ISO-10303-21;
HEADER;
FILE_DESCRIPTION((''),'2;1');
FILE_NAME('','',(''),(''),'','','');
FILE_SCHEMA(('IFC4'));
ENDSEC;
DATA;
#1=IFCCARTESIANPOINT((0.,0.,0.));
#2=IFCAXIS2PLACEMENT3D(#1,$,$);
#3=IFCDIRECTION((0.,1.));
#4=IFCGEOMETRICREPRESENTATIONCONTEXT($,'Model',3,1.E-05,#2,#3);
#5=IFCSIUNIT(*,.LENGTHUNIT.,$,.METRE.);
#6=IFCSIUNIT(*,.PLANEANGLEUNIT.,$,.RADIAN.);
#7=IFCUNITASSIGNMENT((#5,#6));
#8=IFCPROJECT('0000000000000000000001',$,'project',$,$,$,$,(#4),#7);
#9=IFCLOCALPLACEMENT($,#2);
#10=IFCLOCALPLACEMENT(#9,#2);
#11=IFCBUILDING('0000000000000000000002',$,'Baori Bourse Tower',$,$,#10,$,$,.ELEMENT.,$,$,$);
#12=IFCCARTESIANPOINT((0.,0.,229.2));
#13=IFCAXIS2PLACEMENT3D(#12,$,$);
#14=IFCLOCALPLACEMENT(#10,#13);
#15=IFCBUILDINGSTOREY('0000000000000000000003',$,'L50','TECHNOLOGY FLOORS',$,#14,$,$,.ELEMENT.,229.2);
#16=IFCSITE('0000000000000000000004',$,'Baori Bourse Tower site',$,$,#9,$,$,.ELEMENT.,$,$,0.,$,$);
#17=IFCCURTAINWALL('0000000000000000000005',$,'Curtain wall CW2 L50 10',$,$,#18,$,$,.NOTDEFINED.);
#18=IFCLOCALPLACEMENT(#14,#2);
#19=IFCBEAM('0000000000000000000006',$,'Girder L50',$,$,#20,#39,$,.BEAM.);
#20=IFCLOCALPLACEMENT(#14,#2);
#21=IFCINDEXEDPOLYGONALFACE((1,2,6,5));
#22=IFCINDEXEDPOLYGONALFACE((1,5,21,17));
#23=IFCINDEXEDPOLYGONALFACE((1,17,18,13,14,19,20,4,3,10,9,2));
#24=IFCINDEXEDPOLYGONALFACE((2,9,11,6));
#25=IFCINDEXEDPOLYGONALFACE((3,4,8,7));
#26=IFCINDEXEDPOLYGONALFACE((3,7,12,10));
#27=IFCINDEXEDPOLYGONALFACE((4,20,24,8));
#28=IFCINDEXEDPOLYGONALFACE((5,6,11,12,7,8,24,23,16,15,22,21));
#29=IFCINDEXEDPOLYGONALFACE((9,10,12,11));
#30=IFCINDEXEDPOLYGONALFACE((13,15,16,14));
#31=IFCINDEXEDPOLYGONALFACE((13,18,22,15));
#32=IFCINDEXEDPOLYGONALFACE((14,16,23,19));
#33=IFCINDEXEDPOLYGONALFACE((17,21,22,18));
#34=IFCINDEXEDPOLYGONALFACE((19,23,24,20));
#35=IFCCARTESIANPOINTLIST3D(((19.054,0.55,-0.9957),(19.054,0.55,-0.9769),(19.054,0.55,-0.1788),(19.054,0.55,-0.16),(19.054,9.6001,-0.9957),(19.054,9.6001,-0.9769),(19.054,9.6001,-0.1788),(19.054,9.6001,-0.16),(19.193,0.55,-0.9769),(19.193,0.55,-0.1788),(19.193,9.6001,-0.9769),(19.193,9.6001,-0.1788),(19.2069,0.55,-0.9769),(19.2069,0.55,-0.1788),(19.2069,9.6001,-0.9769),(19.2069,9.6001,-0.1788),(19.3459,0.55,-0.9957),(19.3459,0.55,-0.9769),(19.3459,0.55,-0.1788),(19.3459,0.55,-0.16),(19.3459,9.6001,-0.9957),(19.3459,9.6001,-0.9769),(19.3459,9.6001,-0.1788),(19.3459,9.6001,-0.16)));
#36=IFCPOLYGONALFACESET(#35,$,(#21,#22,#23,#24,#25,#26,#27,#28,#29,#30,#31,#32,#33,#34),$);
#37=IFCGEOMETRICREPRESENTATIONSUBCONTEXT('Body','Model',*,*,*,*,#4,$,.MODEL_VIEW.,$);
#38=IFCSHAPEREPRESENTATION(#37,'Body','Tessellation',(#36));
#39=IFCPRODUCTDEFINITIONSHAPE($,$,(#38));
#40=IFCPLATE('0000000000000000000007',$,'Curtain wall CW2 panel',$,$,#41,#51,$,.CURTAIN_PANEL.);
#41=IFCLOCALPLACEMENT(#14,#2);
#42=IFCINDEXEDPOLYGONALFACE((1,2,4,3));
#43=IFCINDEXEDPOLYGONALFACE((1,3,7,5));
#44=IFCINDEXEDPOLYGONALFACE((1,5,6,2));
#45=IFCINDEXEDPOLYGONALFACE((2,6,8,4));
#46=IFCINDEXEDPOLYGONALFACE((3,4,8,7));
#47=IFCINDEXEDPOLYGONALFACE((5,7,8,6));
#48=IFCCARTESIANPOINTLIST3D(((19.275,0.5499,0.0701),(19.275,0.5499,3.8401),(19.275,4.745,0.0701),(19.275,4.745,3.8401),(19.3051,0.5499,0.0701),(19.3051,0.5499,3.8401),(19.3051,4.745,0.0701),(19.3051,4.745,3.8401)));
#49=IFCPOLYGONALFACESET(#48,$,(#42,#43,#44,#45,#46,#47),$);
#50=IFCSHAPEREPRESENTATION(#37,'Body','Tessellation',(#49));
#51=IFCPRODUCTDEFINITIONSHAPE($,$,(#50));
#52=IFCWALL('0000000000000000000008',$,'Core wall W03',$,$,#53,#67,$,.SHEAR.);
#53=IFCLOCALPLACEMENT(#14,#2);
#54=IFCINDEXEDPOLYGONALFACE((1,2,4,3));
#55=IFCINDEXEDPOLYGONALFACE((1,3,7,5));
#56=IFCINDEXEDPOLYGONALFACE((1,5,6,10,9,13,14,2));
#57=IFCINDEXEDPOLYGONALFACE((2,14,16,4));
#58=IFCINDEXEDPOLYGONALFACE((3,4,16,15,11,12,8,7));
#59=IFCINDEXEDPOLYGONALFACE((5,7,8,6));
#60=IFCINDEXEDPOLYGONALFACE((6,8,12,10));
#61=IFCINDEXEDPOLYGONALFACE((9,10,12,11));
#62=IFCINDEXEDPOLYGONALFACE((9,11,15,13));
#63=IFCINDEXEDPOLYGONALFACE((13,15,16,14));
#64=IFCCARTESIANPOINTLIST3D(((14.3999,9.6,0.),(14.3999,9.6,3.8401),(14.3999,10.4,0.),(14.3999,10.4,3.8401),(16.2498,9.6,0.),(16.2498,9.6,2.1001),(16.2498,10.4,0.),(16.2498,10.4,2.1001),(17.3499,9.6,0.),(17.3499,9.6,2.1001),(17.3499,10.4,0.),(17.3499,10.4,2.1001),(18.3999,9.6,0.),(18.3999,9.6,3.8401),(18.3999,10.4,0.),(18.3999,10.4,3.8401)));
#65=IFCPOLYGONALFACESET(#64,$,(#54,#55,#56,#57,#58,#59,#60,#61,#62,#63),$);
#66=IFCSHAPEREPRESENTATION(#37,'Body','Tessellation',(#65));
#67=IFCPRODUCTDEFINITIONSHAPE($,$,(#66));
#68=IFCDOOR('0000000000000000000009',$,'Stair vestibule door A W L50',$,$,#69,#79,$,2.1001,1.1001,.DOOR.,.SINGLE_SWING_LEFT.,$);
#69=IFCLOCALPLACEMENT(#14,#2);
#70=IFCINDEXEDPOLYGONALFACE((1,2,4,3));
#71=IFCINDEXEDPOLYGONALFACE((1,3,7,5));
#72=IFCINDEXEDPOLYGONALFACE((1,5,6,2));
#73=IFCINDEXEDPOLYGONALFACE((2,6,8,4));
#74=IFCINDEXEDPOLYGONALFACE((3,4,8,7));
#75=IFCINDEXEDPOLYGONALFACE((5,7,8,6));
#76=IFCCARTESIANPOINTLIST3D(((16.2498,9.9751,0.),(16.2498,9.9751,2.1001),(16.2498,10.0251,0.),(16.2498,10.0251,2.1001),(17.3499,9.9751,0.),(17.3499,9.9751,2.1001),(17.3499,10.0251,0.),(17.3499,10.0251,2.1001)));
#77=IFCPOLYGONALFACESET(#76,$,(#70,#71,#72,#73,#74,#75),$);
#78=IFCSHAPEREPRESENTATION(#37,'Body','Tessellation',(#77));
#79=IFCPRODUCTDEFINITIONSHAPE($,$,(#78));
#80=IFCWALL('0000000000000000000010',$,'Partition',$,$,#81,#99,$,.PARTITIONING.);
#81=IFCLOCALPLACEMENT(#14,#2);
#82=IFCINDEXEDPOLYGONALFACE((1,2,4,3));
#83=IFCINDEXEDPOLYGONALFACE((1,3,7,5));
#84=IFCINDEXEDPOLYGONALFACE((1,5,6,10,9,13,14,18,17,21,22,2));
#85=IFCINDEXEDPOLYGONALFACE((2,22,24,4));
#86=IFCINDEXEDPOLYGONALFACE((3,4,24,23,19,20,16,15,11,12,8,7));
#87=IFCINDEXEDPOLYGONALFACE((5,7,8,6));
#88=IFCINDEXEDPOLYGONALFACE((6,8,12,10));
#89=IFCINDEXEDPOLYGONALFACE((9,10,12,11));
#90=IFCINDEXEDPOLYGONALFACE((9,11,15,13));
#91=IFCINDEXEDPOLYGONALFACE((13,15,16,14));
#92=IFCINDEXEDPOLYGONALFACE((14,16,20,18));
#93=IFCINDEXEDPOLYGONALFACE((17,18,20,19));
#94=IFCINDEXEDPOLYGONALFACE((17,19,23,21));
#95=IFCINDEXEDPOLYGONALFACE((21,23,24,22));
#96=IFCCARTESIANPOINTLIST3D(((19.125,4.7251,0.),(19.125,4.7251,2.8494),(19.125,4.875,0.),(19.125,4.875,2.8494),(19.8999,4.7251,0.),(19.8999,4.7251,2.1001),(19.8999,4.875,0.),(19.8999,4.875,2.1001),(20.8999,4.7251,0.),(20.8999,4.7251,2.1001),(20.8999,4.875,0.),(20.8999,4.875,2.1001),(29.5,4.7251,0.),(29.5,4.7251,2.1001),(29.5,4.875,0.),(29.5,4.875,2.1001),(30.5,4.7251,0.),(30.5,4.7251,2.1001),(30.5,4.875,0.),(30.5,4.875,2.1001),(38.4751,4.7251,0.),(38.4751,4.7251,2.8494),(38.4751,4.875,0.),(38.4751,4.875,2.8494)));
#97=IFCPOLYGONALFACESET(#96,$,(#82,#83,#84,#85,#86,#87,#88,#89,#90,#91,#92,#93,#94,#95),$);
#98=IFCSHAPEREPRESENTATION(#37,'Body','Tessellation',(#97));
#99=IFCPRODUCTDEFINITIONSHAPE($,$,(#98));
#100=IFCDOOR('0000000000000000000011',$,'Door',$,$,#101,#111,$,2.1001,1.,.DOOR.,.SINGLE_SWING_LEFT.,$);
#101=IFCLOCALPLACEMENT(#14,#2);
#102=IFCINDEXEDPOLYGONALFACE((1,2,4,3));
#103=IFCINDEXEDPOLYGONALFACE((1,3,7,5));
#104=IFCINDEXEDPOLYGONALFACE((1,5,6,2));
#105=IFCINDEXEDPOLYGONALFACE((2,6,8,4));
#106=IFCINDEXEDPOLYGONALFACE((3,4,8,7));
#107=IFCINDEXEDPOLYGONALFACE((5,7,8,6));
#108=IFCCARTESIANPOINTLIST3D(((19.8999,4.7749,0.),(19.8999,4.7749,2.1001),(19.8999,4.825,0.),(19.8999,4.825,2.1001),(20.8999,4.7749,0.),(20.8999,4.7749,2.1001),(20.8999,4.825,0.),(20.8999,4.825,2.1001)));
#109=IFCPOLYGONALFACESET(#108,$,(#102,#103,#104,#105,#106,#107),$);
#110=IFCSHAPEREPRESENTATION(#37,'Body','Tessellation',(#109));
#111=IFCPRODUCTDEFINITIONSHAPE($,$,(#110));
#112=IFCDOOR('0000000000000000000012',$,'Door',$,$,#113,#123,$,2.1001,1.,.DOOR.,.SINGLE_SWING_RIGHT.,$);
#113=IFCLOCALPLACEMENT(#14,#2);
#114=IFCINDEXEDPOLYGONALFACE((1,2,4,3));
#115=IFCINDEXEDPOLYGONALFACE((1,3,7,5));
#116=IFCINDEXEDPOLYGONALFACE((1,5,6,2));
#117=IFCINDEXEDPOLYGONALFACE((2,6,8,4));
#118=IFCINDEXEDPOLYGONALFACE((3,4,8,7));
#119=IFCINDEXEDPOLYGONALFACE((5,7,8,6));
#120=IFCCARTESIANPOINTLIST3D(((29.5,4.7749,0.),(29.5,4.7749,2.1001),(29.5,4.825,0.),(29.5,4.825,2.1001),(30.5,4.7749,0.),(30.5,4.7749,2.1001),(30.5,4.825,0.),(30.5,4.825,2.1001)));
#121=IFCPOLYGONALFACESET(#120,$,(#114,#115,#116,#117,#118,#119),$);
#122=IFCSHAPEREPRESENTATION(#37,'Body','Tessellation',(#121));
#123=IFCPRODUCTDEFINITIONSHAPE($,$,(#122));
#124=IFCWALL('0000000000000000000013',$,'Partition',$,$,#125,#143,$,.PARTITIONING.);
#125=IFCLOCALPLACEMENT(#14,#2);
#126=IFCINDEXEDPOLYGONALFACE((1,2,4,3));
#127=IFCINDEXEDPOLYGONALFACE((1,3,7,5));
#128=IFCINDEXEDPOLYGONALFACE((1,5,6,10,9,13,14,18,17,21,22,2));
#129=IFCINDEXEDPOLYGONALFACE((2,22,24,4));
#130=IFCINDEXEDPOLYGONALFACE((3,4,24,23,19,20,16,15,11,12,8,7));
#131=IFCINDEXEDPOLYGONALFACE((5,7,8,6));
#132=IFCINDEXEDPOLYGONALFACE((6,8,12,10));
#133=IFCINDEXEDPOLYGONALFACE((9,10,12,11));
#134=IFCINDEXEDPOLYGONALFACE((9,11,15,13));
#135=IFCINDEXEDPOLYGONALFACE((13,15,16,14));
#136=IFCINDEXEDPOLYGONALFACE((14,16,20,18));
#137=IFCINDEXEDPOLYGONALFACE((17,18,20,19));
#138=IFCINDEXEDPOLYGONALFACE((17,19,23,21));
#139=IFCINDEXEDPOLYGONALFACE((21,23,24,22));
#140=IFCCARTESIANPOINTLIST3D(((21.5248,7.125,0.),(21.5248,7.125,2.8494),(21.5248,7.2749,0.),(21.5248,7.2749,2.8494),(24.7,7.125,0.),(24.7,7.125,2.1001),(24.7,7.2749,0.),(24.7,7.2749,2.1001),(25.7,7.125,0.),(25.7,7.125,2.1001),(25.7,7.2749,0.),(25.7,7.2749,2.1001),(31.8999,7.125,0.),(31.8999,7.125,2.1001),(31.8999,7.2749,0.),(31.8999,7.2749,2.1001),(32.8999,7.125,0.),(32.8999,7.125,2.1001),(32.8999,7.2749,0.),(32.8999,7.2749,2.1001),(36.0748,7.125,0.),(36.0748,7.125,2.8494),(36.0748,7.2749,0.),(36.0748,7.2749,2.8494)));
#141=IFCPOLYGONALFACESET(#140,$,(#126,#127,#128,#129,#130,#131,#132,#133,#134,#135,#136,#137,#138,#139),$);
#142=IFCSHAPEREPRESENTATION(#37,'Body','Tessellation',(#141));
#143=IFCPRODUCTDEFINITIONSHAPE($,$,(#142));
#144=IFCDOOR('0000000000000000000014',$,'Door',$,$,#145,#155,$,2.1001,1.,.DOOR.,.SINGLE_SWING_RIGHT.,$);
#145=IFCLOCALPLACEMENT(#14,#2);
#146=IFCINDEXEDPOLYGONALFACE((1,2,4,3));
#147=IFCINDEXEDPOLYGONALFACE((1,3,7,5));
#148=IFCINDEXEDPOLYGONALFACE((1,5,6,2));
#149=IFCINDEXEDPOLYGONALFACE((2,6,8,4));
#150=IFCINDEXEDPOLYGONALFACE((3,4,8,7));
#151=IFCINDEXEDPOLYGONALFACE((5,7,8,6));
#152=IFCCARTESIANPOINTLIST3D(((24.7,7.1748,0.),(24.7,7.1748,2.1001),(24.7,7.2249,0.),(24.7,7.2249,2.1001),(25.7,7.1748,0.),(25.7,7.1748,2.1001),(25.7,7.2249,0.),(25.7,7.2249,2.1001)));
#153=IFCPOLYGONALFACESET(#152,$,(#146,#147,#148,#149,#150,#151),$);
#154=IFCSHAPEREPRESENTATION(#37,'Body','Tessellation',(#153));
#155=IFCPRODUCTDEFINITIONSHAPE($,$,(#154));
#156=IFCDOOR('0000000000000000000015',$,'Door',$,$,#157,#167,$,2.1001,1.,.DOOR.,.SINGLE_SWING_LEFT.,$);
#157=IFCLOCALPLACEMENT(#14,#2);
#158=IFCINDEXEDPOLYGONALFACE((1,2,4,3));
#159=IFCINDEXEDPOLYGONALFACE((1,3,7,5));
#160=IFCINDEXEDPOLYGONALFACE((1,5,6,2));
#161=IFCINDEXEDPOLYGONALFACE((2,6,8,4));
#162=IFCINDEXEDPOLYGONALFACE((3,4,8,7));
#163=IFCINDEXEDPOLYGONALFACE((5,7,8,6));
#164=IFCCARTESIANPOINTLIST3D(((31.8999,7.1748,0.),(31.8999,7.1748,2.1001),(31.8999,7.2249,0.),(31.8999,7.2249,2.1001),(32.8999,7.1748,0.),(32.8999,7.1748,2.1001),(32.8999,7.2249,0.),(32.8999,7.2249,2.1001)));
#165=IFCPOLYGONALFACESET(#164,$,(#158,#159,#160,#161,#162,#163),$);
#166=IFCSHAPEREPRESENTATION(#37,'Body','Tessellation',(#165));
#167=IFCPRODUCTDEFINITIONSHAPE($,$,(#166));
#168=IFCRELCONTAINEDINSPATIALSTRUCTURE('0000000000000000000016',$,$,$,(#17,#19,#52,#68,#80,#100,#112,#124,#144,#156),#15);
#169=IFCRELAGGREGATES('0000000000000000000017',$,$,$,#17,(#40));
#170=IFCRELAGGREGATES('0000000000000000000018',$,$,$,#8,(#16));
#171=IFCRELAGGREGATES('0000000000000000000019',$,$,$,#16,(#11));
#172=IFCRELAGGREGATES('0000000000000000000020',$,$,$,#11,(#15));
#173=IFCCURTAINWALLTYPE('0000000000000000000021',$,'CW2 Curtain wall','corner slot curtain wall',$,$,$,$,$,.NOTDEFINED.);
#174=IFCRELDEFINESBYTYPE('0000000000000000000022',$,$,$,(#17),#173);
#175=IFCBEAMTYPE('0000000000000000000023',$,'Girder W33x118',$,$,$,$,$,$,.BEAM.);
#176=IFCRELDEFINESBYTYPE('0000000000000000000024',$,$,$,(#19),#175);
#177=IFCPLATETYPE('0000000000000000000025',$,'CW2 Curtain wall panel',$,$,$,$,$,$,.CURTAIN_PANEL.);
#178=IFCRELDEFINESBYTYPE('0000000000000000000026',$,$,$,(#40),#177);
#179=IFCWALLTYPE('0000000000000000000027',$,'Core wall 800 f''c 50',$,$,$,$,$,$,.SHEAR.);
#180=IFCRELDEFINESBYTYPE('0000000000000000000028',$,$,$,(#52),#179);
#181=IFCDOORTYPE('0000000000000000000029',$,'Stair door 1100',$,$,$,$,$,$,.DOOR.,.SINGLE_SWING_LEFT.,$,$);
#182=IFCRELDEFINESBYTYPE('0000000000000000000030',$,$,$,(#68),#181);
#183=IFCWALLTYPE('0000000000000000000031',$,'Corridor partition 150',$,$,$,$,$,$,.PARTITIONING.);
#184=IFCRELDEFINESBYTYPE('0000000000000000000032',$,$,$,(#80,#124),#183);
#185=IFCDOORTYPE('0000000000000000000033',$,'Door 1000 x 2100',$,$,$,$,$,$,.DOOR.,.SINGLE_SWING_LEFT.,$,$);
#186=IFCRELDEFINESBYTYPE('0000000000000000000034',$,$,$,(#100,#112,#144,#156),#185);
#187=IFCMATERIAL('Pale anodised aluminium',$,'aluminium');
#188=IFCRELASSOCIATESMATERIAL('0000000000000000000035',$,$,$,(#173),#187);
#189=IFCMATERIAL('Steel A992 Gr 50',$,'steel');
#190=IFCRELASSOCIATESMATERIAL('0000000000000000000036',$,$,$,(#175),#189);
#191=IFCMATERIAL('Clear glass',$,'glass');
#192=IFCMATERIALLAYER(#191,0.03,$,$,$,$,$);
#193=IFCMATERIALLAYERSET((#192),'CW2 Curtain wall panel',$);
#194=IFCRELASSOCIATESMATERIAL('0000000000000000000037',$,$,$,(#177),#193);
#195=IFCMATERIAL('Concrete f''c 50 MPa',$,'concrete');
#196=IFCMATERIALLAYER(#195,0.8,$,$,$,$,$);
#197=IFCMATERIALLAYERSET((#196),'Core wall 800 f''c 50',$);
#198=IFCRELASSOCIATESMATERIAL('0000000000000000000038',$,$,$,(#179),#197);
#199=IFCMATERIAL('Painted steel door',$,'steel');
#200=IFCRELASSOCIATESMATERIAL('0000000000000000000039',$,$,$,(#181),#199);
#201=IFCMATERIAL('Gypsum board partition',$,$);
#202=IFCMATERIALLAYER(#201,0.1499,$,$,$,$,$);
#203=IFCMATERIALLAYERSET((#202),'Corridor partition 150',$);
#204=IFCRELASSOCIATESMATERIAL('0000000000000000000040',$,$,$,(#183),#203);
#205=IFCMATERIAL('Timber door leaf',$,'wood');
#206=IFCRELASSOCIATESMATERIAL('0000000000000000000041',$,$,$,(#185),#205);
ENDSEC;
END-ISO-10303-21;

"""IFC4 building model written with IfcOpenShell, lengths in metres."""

from ifc_helpers import new_model, si_unit, direction, frame, frame_2d, origin, origin_2d, place, context, subcontext, project, spatial, rectangle, i_section, extrude, material, layer, layer_set, material_profile, profile_set, type_object, element, fill, aggregate, save


model = new_model("IFC4")

# Units and contexts
model_context = context("Model", 3, precision=1e-05, world=origin(), true_north=direction((0.0, 1.0)))
body_context = subcontext(model_context, "Body", "Model", "MODEL_VIEW")
ifc_project = project(units=[si_unit("LENGTHUNIT", "METRE"), si_unit("PLANEANGLEUNIT", "RADIAN")], contexts=[model_context])

# Site, building, storey
site_placement = place(None, origin())
site = spatial("IfcSite", under=ifc_project, at=site_placement, Name="Baori Bourse Tower site", CompositionType="ELEMENT", RefElevation=0.0)
building_placement = place(site_placement, origin())
building = spatial("IfcBuilding", under=site, at=building_placement, Name="Baori Bourse Tower", CompositionType="ELEMENT")
storey_placement = place(building_placement, frame((0.0, 0.0, 229.2)))
storey = spatial("IfcBuildingStorey", under=building, at=storey_placement, Name="L50", Description="TECHNOLOGY FLOORS", CompositionType="ELEMENT", Elevation=229.2)

# Curtain wall
ifc_material_1 = material(Name="Pale anodised aluminium", Category="aluminium")
curtain_wall_type_1 = type_object("IfcCurtainWallType", Name="CW2 Curtain wall", Description="corner slot curtain wall", PredefinedType="NOTDEFINED", material=ifc_material_1)
curtain_wall_1_placement = place(storey_placement, origin())
curtain_wall_1 = element("IfcCurtainWall", 1, at=curtain_wall_1_placement, inside=storey, type_object=curtain_wall_type_1, Name="Curtain wall CW2 L50 10", PredefinedType="NOTDEFINED")

# Beam
ifc_material_2 = material(Name="Steel A992 Gr 50", Category="steel")
ifc_material_profile_1 = material_profile(ifc_material_2, i_section(OverallWidth=0.292, OverallDepth=0.8357, WebThickness=0.0139, FlangeThickness=0.0188, at=origin_2d()), Name="W33x118")
ifc_profile_set_1 = profile_set([ifc_material_profile_1], Name="Steel A992 Gr 50")
beam_type_1 = type_object("IfcBeamType", Name="Girder W33x118", PredefinedType="BEAM", material=ifc_profile_set_1)
beam_1_placement = place(storey_placement, frame((19.2, 0.55, -0.5779), z_axis=(0.0, 1.0, 0.0), x_axis=(-1.0, 0.0, 0.0)))
element("IfcBeam", 2, at=beam_1_placement, inside=storey, type_object=beam_type_1, Name="Girder L50", PredefinedType="BEAM", context=body_context, shape_type="SweptSolid", body=[
    extrude(i_section(OverallWidth=0.292, OverallDepth=0.8357, WebThickness=0.0139, FlangeThickness=0.0188, at=origin_2d()), origin(), (0.0, 0.0, 1.0), 9.05),
])

# Plate
ifc_material_3 = material(Name="Clear glass", Category="glass")
ifc_layer_1 = layer(ifc_material_3, 0.03)
ifc_layer_set_1 = layer_set([ifc_layer_1], Name="CW2 Curtain wall panel")
plate_type = type_object("IfcPlateType", Name="CW2 Curtain wall panel", PredefinedType="CURTAIN_PANEL", material=ifc_layer_set_1)
plate_placement = place(storey_placement, frame((19.29, 2.6475, 0.0701), z_axis=(0.0, 0.0, 1.0), x_axis=(0.0, -1.0, 0.0)))
plate = element("IfcPlate", 3, at=plate_placement, type_object=plate_type, Name="Curtain wall CW2 panel", PredefinedType="CURTAIN_PANEL", context=body_context, shape_type="SweptSolid", body=[
    extrude(rectangle(XDim=4.1951, YDim=0.03, at=origin_2d()), origin(), (0.0, 0.0, 1.0), 3.77),
])
aggregate(curtain_wall_1, [plate])

# Wall, opening, door
ifc_material_4 = material(Name="Concrete f'c 50 MPa", Category="concrete")
ifc_layer_2 = layer(ifc_material_4, 0.8)
ifc_layer_set_2 = layer_set([ifc_layer_2], Name="Core wall 800 f'c 50")
wall_type_1 = type_object("IfcWallType", Name="Core wall 800 f'c 50", PredefinedType="SHEAR", material=ifc_layer_set_2)
wall_1_placement = place(storey_placement, frame((18.3999, 10.0, 0.0), z_axis=(0.0, 0.0, 1.0), x_axis=(-1.0, 0.0, 0.0)))
wall_1 = element("IfcWall", 4, at=wall_1_placement, inside=storey, type_object=wall_type_1, Name="Core wall W03", PredefinedType="SHEAR", context=body_context, shape_type="SweptSolid", body=[
    extrude(rectangle(XDim=4.0, YDim=0.8, at=frame_2d((2.0, 0.0))), origin(), (0.0, 0.0, 1.0), 3.8401),
])
opening_1_placement = place(wall_1_placement, frame((1.05, 0.0, 0.0)))
opening_1 = element("IfcOpeningElement", 5, at=opening_1_placement, cuts=wall_1, PredefinedType="OPENING", context=body_context, shape_type="SweptSolid", body=[
    extrude(rectangle(XDim=1.1001, YDim=2.1001, at=frame_2d((0.55, 1.05))), frame((0.0, 0.4099, 0.0), z_axis=(0.0, -1.0, 0.0), x_axis=(1.0, 0.0, 0.0)), (0.0, 0.0, 1.0), 0.8201),
])
ifc_material_5 = material(Name="Painted steel door", Category="steel")
door_type_1 = type_object("IfcDoorType", Name="Stair door 1100", OperationType="SINGLE_SWING_LEFT", PredefinedType="DOOR", material=ifc_material_5)
door_1_placement = place(opening_1_placement, origin())
door_1 = element("IfcDoor", 6, at=door_1_placement, inside=storey, type_object=door_type_1, Name="Stair vestibule door A W L50", OperationType="SINGLE_SWING_LEFT", OverallHeight=2.1001, OverallWidth=1.1001, PredefinedType="DOOR", context=body_context, shape_type="SweptSolid", body=[
    extrude(rectangle(XDim=1.1001, YDim=2.1001, at=frame_2d((0.55, 1.05))), frame((0.0, 0.0249, 0.0), z_axis=(0.0, -1.0, 0.0), x_axis=(1.0, 0.0, 0.0)), (0.0, 0.0, 1.0), 0.05),
])
fill(opening_1, door_1)

# Walls, openings, doors
ifc_material_6 = material(Name="Gypsum board partition")
ifc_layer_3 = layer(ifc_material_6, 0.1499)
ifc_layer_set_3 = layer_set([ifc_layer_3], Name="Corridor partition 150")
wall_type_2 = type_object("IfcWallType", Name="Corridor partition 150", PredefinedType="PARTITIONING", material=ifc_layer_set_3)
wall_2_placement = place(storey_placement, frame((19.125, 4.8, 0.0), z_axis=(0.0, 0.0, 1.0), x_axis=(1.0, 0.0, 0.0)))
wall_2 = element("IfcWall", 7, at=wall_2_placement, inside=storey, type_object=wall_type_2, Name="Partition", PredefinedType="PARTITIONING", context=body_context, shape_type="SweptSolid", body=[
    extrude(rectangle(XDim=19.3501, YDim=0.1499, at=frame_2d((9.675, 0.0))), origin(), (0.0, 0.0, 1.0), 2.8494),
])
opening_2_placement = place(wall_2_placement, frame((0.7749, 0.0, 0.0)))
opening_2 = element("IfcOpeningElement", 8, at=opening_2_placement, cuts=wall_2, PredefinedType="OPENING", context=body_context, shape_type="SweptSolid", body=[
    extrude(rectangle(XDim=1.0, YDim=2.1001, at=frame_2d((0.5, 1.05))), frame((0.0, 0.085, 0.0), z_axis=(0.0, -1.0, 0.0), x_axis=(1.0, 0.0, 0.0)), (0.0, 0.0, 1.0), 0.1699),
])
opening_3_placement = place(wall_2_placement, frame((10.375, 0.0, 0.0)))
opening_3 = element("IfcOpeningElement", 9, at=opening_3_placement, cuts=wall_2, PredefinedType="OPENING", context=body_context, shape_type="SweptSolid", body=[
    extrude(rectangle(XDim=1.0, YDim=2.1001, at=frame_2d((0.5, 1.05))), frame((0.0, 0.085, 0.0), z_axis=(0.0, -1.0, 0.0), x_axis=(1.0, 0.0, 0.0)), (0.0, 0.0, 1.0), 0.1699),
])
ifc_material_7 = material(Name="Timber door leaf", Category="wood")
door_type_2 = type_object("IfcDoorType", Name="Door 1000 x 2100", OperationType="SINGLE_SWING_LEFT", PredefinedType="DOOR", material=ifc_material_7)
door_2_placement = place(opening_2_placement, origin())
door_2 = element("IfcDoor", 10, at=door_2_placement, inside=storey, type_object=door_type_2, Name="Door", OperationType="SINGLE_SWING_LEFT", OverallHeight=2.1001, OverallWidth=1.0, PredefinedType="DOOR", context=body_context, shape_type="SweptSolid", body=[
    extrude(rectangle(XDim=1.0, YDim=2.1001, at=frame_2d((0.5, 1.05))), frame((0.0, 0.0249, 0.0), z_axis=(0.0, -1.0, 0.0), x_axis=(1.0, 0.0, 0.0)), (0.0, 0.0, 1.0), 0.05),
])
fill(opening_2, door_2)
door_3_placement = place(opening_3_placement, origin())
door_3 = element("IfcDoor", 11, at=door_3_placement, inside=storey, type_object=door_type_2, Name="Door", OperationType="SINGLE_SWING_RIGHT", OverallHeight=2.1001, OverallWidth=1.0, PredefinedType="DOOR", context=body_context, shape_type="SweptSolid", body=[
    extrude(rectangle(XDim=1.0, YDim=2.1001, at=frame_2d((0.5, 1.05))), frame((0.0, 0.0249, 0.0), z_axis=(0.0, -1.0, 0.0), x_axis=(1.0, 0.0, 0.0)), (0.0, 0.0, 1.0), 0.05),
])
fill(opening_3, door_3)
wall_3_placement = place(storey_placement, frame((21.5249, 7.2, 0.0), z_axis=(0.0, 0.0, 1.0), x_axis=(1.0, 0.0, 0.0)))
wall_3 = element("IfcWall", 12, at=wall_3_placement, inside=storey, type_object=wall_type_2, Name="Partition", PredefinedType="PARTITIONING", context=body_context, shape_type="SweptSolid", body=[
    extrude(rectangle(XDim=14.55, YDim=0.1499, at=frame_2d((7.2749, 0.0))), origin(), (0.0, 0.0, 1.0), 2.8494),
])
opening_4_placement = place(wall_3_placement, frame((3.175, 0.0, 0.0)))
opening_4 = element("IfcOpeningElement", 13, at=opening_4_placement, cuts=wall_3, PredefinedType="OPENING", context=body_context, shape_type="SweptSolid", body=[
    extrude(rectangle(XDim=1.0, YDim=2.1001, at=frame_2d((0.5, 1.05))), frame((0.0, 0.085, 0.0), z_axis=(0.0, -1.0, 0.0), x_axis=(1.0, 0.0, 0.0)), (0.0, 0.0, 1.0), 0.1699),
])
opening_5_placement = place(wall_3_placement, frame((10.375, 0.0, 0.0)))
opening_5 = element("IfcOpeningElement", 14, at=opening_5_placement, cuts=wall_3, PredefinedType="OPENING", context=body_context, shape_type="SweptSolid", body=[
    extrude(rectangle(XDim=1.0, YDim=2.1001, at=frame_2d((0.5, 1.05))), frame((0.0, 0.085, 0.0), z_axis=(0.0, -1.0, 0.0), x_axis=(1.0, 0.0, 0.0)), (0.0, 0.0, 1.0), 0.1699),
])
door_4_placement = place(opening_4_placement, origin())
door_4 = element("IfcDoor", 15, at=door_4_placement, inside=storey, type_object=door_type_2, Name="Door", OperationType="SINGLE_SWING_RIGHT", OverallHeight=2.1001, OverallWidth=1.0, PredefinedType="DOOR", context=body_context, shape_type="SweptSolid", body=[
    extrude(rectangle(XDim=1.0, YDim=2.1001, at=frame_2d((0.5, 1.05))), frame((0.0, 0.0249, 0.0), z_axis=(0.0, -1.0, 0.0), x_axis=(1.0, 0.0, 0.0)), (0.0, 0.0, 1.0), 0.05),
])
fill(opening_4, door_4)
door_5_placement = place(opening_5_placement, origin())
door_5 = element("IfcDoor", 16, at=door_5_placement, inside=storey, type_object=door_type_2, Name="Door", OperationType="SINGLE_SWING_LEFT", OverallHeight=2.1001, OverallWidth=1.0, PredefinedType="DOOR", context=body_context, shape_type="SweptSolid", body=[
    extrude(rectangle(XDim=1.0, YDim=2.1001, at=frame_2d((0.5, 1.05))), frame((0.0, 0.0249, 0.0), z_axis=(0.0, -1.0, 0.0), x_axis=(1.0, 0.0, 0.0)), (0.0, 0.0, 1.0), 0.05),
])
fill(opening_5, door_5)

save(model, "model.ifc")
